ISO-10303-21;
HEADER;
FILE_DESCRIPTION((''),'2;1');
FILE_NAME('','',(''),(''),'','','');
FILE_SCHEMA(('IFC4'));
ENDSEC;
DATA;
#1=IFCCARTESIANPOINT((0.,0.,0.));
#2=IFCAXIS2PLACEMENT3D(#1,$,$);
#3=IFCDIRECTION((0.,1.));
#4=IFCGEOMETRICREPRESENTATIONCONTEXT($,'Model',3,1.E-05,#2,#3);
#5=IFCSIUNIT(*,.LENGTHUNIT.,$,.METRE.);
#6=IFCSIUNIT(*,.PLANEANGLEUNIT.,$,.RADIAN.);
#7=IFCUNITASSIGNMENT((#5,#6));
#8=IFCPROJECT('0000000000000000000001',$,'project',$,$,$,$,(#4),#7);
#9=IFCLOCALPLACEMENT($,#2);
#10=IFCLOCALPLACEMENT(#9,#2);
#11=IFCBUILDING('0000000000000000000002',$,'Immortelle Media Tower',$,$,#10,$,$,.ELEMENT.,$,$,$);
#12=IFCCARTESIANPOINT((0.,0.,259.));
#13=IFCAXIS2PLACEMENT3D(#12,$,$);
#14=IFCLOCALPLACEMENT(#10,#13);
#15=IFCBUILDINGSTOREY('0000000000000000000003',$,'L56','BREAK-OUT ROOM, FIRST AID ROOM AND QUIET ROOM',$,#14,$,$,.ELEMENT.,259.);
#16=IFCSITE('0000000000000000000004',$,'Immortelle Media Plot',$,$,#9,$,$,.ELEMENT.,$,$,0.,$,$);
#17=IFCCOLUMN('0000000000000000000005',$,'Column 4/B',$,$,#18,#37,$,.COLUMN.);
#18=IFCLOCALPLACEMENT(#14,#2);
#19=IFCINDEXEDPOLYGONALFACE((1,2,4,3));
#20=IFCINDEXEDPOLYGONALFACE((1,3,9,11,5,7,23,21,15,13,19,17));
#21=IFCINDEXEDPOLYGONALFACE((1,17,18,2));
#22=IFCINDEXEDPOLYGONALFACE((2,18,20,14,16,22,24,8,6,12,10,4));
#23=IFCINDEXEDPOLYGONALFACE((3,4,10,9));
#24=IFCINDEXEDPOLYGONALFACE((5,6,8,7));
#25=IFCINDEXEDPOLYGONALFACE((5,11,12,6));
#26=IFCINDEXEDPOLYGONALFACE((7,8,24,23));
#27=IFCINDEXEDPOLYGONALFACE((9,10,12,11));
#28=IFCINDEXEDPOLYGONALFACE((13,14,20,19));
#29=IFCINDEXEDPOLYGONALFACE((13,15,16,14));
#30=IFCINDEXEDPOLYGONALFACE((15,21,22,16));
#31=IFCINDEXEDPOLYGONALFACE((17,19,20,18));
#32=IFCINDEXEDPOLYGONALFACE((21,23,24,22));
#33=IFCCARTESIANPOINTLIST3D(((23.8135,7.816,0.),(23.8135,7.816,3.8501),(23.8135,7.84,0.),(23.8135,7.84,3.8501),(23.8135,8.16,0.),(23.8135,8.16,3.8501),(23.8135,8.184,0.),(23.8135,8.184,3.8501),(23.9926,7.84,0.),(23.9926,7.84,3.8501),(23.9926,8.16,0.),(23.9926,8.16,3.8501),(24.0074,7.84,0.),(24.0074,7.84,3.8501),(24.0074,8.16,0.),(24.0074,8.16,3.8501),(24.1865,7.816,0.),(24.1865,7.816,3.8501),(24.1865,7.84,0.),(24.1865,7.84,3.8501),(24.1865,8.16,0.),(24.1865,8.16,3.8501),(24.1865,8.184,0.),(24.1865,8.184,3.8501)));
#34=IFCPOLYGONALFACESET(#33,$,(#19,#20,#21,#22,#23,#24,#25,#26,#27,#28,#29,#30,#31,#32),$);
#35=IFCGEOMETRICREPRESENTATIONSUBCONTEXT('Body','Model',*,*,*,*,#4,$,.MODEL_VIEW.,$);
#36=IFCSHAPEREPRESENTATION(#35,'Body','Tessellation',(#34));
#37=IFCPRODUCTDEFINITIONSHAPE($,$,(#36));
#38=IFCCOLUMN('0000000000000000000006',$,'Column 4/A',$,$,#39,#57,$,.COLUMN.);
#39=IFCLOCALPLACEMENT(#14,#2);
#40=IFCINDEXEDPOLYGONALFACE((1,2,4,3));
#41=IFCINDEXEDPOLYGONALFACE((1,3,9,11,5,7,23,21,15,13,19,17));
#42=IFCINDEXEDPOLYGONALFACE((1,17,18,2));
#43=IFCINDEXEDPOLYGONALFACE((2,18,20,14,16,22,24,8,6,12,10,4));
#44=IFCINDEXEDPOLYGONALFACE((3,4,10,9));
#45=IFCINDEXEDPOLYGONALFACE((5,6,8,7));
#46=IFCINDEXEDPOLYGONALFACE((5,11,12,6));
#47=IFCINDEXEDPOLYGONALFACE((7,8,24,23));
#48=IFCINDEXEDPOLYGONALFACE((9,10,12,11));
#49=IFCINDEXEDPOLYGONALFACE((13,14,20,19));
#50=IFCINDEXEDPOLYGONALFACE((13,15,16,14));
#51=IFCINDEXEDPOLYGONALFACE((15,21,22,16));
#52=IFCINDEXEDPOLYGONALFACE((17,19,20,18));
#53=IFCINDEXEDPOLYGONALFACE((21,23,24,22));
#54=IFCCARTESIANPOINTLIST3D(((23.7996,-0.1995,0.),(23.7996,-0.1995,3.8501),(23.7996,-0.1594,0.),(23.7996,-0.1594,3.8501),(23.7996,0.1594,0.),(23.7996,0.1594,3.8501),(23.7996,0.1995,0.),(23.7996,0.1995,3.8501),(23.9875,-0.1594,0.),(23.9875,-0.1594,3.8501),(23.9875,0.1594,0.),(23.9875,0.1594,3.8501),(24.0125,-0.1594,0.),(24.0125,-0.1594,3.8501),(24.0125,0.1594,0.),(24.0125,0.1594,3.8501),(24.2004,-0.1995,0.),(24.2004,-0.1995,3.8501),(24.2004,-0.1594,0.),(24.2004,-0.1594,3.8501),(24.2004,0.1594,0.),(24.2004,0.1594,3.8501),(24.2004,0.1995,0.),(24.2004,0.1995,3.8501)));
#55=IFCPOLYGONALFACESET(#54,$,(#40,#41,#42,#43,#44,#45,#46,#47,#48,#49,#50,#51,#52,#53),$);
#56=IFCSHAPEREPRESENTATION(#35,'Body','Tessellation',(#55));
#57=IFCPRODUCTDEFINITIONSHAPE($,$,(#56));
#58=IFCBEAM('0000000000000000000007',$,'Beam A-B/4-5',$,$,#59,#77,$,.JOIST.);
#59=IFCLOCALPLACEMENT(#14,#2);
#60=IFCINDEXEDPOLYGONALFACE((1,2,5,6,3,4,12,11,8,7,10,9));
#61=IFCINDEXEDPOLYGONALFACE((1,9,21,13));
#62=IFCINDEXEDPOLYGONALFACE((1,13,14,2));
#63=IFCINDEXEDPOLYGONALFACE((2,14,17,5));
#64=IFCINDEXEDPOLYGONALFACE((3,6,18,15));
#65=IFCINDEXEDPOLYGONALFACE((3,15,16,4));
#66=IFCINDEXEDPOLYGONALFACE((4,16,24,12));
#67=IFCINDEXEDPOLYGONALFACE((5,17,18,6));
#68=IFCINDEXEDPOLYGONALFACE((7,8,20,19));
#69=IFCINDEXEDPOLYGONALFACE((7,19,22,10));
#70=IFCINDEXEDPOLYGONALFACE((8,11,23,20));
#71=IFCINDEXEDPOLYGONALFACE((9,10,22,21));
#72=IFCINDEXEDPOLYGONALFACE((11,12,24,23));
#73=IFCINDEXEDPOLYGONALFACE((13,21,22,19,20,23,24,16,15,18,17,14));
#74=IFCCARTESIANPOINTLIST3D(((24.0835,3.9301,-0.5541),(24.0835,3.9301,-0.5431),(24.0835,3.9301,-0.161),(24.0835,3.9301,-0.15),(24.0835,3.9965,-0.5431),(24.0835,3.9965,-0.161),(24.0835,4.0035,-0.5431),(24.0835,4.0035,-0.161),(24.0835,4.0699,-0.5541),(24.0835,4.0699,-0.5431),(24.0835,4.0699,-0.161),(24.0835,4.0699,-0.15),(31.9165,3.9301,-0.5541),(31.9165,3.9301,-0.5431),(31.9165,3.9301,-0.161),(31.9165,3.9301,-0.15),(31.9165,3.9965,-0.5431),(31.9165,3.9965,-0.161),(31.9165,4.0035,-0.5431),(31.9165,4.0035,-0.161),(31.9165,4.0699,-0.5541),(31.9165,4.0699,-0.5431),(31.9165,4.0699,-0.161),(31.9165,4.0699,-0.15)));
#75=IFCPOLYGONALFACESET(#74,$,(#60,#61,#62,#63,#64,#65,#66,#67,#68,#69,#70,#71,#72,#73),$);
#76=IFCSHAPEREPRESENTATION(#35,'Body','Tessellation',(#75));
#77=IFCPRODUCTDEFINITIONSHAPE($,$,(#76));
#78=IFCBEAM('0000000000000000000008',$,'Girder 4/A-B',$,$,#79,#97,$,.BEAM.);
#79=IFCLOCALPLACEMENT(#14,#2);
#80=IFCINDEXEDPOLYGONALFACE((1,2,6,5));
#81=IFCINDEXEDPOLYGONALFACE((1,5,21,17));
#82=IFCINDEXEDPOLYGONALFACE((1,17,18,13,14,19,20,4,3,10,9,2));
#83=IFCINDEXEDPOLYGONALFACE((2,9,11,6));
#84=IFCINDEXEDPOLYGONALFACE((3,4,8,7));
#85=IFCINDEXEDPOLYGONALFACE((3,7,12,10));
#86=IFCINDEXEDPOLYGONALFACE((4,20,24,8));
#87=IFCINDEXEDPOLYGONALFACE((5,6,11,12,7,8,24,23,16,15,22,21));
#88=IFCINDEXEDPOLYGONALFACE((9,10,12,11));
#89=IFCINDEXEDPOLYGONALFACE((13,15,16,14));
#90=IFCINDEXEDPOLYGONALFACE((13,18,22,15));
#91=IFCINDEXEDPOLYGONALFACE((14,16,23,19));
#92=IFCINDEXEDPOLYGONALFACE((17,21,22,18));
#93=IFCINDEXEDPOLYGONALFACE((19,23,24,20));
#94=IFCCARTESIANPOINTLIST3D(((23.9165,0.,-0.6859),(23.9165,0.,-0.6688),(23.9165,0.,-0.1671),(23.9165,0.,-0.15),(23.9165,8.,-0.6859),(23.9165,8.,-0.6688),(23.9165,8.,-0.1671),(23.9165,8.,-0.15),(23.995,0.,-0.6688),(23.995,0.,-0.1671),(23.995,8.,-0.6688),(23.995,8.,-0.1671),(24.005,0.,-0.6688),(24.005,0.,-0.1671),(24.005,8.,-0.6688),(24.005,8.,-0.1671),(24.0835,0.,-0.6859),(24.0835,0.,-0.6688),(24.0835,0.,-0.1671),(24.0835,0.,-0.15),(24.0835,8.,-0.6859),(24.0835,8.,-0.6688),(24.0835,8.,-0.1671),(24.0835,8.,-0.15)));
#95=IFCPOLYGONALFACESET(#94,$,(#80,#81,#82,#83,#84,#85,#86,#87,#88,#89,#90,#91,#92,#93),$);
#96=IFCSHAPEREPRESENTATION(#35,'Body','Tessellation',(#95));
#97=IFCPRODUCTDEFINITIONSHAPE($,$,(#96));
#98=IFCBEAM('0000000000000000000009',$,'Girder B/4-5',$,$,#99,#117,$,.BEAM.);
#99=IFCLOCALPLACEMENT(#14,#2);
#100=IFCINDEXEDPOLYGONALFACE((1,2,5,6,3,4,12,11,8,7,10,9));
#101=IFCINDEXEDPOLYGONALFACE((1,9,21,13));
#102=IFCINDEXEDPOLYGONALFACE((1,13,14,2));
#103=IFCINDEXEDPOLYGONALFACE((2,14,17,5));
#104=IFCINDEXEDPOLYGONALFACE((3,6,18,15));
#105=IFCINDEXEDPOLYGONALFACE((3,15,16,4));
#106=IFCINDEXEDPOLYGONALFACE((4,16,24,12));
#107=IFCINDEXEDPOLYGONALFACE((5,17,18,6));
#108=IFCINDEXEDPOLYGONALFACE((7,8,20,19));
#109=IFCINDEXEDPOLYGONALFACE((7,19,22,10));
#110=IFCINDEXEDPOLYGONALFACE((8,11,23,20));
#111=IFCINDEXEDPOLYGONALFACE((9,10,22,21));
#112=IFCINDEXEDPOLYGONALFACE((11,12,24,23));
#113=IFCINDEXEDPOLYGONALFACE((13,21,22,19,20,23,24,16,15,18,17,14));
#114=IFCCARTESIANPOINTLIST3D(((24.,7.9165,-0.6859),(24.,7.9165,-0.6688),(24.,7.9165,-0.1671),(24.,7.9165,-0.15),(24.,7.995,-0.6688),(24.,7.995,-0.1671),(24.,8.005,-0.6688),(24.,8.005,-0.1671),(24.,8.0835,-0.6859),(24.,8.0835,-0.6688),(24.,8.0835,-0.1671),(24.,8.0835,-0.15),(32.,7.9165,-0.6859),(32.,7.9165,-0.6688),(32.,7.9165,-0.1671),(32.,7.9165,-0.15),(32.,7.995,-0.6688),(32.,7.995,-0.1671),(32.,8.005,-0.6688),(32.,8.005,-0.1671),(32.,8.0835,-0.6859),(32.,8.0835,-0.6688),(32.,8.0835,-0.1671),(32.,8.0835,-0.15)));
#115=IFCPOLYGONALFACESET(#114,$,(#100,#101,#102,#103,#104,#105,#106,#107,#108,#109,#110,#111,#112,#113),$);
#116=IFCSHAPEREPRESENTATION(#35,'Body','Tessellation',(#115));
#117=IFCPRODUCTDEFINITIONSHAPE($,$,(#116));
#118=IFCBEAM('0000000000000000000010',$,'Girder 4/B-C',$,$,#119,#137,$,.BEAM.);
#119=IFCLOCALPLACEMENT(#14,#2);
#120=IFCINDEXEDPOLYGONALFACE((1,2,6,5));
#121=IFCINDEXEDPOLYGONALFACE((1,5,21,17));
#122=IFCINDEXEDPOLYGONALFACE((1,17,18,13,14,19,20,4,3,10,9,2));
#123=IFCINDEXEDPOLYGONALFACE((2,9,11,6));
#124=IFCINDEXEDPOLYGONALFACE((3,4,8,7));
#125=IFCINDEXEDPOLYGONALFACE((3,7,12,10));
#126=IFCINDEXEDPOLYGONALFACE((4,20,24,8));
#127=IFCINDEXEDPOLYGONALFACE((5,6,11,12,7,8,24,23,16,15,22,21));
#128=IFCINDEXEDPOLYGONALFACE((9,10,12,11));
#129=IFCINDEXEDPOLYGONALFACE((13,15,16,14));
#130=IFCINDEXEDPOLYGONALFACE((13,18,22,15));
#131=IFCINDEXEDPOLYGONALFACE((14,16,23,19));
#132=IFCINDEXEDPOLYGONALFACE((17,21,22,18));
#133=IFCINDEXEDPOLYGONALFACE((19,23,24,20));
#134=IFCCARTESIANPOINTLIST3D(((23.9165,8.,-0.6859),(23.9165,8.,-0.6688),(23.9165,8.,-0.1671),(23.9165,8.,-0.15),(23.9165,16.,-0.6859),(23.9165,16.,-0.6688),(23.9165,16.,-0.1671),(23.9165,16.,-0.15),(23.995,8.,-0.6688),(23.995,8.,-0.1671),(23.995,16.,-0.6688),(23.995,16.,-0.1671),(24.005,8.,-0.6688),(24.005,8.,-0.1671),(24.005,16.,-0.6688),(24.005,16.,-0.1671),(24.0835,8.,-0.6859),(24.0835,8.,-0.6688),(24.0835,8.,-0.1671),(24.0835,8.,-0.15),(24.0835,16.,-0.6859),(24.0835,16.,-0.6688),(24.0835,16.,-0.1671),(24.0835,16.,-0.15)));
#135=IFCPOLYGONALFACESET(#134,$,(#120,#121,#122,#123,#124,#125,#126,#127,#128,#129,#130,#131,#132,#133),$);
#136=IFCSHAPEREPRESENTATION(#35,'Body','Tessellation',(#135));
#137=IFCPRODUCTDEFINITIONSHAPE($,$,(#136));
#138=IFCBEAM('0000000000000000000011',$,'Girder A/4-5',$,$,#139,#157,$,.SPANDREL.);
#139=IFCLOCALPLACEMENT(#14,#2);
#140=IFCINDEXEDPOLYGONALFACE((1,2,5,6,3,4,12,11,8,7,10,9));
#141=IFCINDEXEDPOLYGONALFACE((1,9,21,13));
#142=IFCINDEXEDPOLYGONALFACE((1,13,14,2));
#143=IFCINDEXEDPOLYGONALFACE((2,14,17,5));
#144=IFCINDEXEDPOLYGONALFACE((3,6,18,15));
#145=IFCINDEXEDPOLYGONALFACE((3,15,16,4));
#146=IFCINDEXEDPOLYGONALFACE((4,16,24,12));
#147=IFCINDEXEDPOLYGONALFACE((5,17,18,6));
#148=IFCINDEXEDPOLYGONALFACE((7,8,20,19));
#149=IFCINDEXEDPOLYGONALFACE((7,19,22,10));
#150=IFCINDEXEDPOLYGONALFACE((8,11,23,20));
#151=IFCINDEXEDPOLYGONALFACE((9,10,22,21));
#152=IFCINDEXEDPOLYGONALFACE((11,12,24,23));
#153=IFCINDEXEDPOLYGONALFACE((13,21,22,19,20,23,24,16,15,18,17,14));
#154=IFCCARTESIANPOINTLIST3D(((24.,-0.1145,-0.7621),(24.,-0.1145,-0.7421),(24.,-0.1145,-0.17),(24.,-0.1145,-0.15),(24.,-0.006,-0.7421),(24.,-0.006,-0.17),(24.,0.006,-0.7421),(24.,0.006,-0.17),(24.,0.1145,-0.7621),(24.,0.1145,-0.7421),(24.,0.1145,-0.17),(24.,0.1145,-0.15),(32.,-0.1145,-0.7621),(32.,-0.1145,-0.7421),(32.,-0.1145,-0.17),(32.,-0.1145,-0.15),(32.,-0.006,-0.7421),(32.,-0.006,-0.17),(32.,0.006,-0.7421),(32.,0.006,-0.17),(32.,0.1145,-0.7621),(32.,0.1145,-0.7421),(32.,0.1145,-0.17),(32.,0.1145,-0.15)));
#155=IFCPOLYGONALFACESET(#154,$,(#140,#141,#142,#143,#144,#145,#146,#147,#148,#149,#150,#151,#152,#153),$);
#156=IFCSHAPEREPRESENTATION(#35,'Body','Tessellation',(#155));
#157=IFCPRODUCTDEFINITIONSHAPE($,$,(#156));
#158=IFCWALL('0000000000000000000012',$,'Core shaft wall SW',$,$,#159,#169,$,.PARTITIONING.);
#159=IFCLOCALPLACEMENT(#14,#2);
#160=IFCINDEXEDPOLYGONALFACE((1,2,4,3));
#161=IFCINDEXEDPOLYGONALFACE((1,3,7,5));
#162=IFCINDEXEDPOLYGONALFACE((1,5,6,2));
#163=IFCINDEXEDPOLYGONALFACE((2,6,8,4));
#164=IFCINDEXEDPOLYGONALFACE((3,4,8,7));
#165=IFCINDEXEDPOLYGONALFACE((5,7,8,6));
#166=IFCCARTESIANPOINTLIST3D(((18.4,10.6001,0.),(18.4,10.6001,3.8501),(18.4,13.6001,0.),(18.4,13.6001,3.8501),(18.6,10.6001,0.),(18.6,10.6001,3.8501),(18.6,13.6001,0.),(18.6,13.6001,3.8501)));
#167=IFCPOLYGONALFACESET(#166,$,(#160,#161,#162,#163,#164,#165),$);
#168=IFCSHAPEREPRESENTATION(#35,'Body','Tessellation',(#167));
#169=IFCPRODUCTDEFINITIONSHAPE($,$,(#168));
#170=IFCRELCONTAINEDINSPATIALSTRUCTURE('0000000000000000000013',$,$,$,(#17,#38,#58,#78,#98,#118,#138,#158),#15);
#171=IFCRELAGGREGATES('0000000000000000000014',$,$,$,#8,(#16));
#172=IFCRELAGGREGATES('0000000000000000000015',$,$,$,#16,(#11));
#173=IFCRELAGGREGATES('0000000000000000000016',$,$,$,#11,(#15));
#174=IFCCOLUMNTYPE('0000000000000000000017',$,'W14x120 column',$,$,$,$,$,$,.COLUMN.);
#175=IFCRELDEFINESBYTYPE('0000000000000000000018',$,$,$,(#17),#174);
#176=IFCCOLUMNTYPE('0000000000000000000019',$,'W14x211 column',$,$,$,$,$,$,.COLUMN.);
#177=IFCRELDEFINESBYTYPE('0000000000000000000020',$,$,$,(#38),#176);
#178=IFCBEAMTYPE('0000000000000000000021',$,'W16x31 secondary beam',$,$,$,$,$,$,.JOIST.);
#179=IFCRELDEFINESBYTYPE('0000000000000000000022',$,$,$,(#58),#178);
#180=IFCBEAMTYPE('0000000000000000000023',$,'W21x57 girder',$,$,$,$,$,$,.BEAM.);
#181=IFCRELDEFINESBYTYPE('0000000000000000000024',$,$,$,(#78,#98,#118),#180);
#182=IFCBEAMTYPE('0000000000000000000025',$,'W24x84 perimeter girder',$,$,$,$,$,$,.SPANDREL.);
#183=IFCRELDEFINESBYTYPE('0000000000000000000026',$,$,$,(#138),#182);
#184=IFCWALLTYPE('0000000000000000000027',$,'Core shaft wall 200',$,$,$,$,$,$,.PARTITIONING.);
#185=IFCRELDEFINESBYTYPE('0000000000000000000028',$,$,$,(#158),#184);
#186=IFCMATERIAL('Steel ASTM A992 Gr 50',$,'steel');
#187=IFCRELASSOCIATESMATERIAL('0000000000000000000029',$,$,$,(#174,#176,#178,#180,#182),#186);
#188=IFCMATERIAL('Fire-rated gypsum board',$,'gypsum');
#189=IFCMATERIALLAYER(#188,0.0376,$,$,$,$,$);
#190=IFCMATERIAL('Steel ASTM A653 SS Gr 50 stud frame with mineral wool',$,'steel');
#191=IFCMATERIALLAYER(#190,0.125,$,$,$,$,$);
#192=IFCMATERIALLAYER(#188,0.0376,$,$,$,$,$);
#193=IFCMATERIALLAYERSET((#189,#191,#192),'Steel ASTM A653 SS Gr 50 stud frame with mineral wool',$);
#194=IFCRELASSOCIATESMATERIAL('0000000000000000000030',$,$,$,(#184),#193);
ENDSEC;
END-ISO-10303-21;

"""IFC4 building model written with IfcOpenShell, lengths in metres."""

from ifc_helpers import new_model, si_unit, direction, frame, frame_2d, origin, origin_2d, place, context, subcontext, project, spatial, rectangle, i_section, extrude, material, layer, layer_set, material_profile, profile_set, type_object, element, save


model = new_model("IFC4")

# Units and contexts
model_context = context("Model", 3, precision=1e-05, world=origin(), true_north=direction((0.0, 1.0)))
body_context = subcontext(model_context, "Body", "Model", "MODEL_VIEW")
ifc_project = project(units=[si_unit("LENGTHUNIT", "METRE"), si_unit("PLANEANGLEUNIT", "RADIAN")], contexts=[model_context])

# Site, building, storey
site_placement = place(None, origin())
site = spatial("IfcSite", under=ifc_project, at=site_placement, Name="Immortelle Media Plot", CompositionType="ELEMENT", RefElevation=0.0)
building_placement = place(site_placement, origin())
building = spatial("IfcBuilding", under=site, at=building_placement, Name="Immortelle Media Tower", CompositionType="ELEMENT")
storey_placement = place(building_placement, frame((0.0, 0.0, 259.0)))
storey = spatial("IfcBuildingStorey", under=building, at=storey_placement, Name="L56", Description="BREAK-OUT ROOM, FIRST AID ROOM AND QUIET ROOM", CompositionType="ELEMENT", Elevation=259.0)

# Columns
ifc_material_1 = material(Name="Steel ASTM A992 Gr 50", Category="steel")
ifc_material_profile_1 = material_profile(ifc_material_1, i_section(OverallWidth=0.373, OverallDepth=0.3679, WebThickness=0.0149, FlangeThickness=0.0239, at=origin_2d()), Name="W14x120")
ifc_profile_set_1 = profile_set([ifc_material_profile_1], Name="Steel ASTM A992 Gr 50")
column_type_1 = type_object("IfcColumnType", Name="W14x120 column", PredefinedType="COLUMN", material=ifc_profile_set_1)
column_1_placement = place(storey_placement, frame((24.0, 8.0, 0.0), z_axis=(0.0, 0.0, 1.0), x_axis=(1.0, 0.0, 0.0)))
element("IfcColumn", 1, at=column_1_placement, inside=storey, type_object=column_type_1, Name="Column 4/B", PredefinedType="COLUMN", context=body_context, shape_type="SweptSolid", body=[
    extrude(i_section(OverallWidth=0.373, OverallDepth=0.3679, WebThickness=0.0149, FlangeThickness=0.0239, at=origin_2d()), origin(), (0.0, 0.0, 1.0), 3.8501),
])
ifc_material_profile_2 = material_profile(ifc_material_1, i_section(OverallWidth=0.4009, OverallDepth=0.3989, WebThickness=0.0249, FlangeThickness=0.04, at=origin_2d()), Name="W14x211")
ifc_profile_set_2 = profile_set([ifc_material_profile_2], Name="Steel ASTM A992 Gr 50")
column_type_2 = type_object("IfcColumnType", Name="W14x211 column", PredefinedType="COLUMN", material=ifc_profile_set_2)
column_2_placement = place(storey_placement, frame((24.0, 0.0, 0.0), z_axis=(0.0, 0.0, 1.0), x_axis=(1.0, 0.0, 0.0)))
element("IfcColumn", 2, at=column_2_placement, inside=storey, type_object=column_type_2, Name="Column 4/A", PredefinedType="COLUMN", context=body_context, shape_type="SweptSolid", body=[
    extrude(i_section(OverallWidth=0.4009, OverallDepth=0.3989, WebThickness=0.0249, FlangeThickness=0.04, at=origin_2d()), origin(), (0.0, 0.0, 1.0), 3.8501),
])

# Beams
ifc_material_profile_3 = material_profile(ifc_material_1, i_section(OverallWidth=0.1399, OverallDepth=0.4041, WebThickness=0.0071, FlangeThickness=0.011, at=origin_2d()), Name="W16x31")
ifc_profile_set_3 = profile_set([ifc_material_profile_3], Name="Steel ASTM A992 Gr 50")
beam_type_1 = type_object("IfcBeamType", Name="W16x31 secondary beam", PredefinedType="JOIST", material=ifc_profile_set_3)
beam_1_placement = place(storey_placement, frame((24.0835, 4.0, -0.3521), z_axis=(1.0, 0.0, 0.0), x_axis=(0.0, 1.0, 0.0)))
element("IfcBeam", 3, at=beam_1_placement, inside=storey, type_object=beam_type_1, Name="Beam A-B/4-5", PredefinedType="JOIST", context=body_context, shape_type="SweptSolid", body=[
    extrude(i_section(OverallWidth=0.1399, OverallDepth=0.4041, WebThickness=0.0071, FlangeThickness=0.011, at=origin_2d()), origin(), (0.0, 0.0, 1.0), 7.833),
])
ifc_material_profile_4 = material_profile(ifc_material_1, i_section(OverallWidth=0.167, OverallDepth=0.5359, WebThickness=0.01, FlangeThickness=0.0171, at=origin_2d()), Name="W21x57")
ifc_profile_set_4 = profile_set([ifc_material_profile_4], Name="Steel ASTM A992 Gr 50")
beam_type_2 = type_object("IfcBeamType", Name="W21x57 girder", PredefinedType="BEAM", material=ifc_profile_set_4)
for number, where, z_axis, x_axis, name in (
    (4, (24.0, 0.0, -0.418), (0.0, 1.0, 0.0), (-1.0, 0.0, 0.0), "Girder 4/A-B"),
    (5, (24.0, 8.0, -0.418), (1.0, 0.0, 0.0), (0.0, 1.0, 0.0), "Girder B/4-5"),
    (6, (24.0, 8.0, -0.418), (0.0, 1.0, 0.0), (-1.0, 0.0, 0.0), "Girder 4/B-C"),
):
    element("IfcBeam", number, at=place(storey_placement, frame(where, z_axis=z_axis, x_axis=x_axis)), inside=storey, type_object=beam_type_2, Name=name, PredefinedType="BEAM", context=body_context, shape_type="SweptSolid", body=[
        extrude(i_section(OverallWidth=0.167, OverallDepth=0.5359, WebThickness=0.01, FlangeThickness=0.0171, at=origin_2d()), origin(), (0.0, 0.0, 1.0), 8.0),
    ])
ifc_material_profile_5 = material_profile(ifc_material_1, i_section(OverallWidth=0.229, OverallDepth=0.6121, WebThickness=0.012, FlangeThickness=0.02, at=origin_2d()), Name="W24x84")
ifc_profile_set_5 = profile_set([ifc_material_profile_5], Name="Steel ASTM A992 Gr 50")
beam_type_3 = type_object("IfcBeamType", Name="W24x84 perimeter girder", PredefinedType="SPANDREL", material=ifc_profile_set_5)
beam_2_placement = place(storey_placement, frame((24.0, 0.0, -0.4561), z_axis=(1.0, 0.0, 0.0), x_axis=(0.0, 1.0, 0.0)))
element("IfcBeam", 7, at=beam_2_placement, inside=storey, type_object=beam_type_3, Name="Girder A/4-5", PredefinedType="SPANDREL", context=body_context, shape_type="SweptSolid", body=[
    extrude(i_section(OverallWidth=0.229, OverallDepth=0.6121, WebThickness=0.012, FlangeThickness=0.02, at=origin_2d()), origin(), (0.0, 0.0, 1.0), 8.0),
])

# Wall
ifc_material_2 = material(Name="Fire-rated gypsum board", Category="gypsum")
ifc_layer_1 = layer(ifc_material_2, 0.0376)
ifc_material_3 = material(Name="Steel ASTM A653 SS Gr 50 stud frame with mineral wool", Category="steel")
ifc_layer_2 = layer(ifc_material_3, 0.125)
ifc_layer_3 = layer(ifc_material_2, 0.0376)
ifc_layer_set_1 = layer_set([ifc_layer_1, ifc_layer_2, ifc_layer_3], Name="Steel ASTM A653 SS Gr 50 stud frame with mineral wool")
wall_type_1 = type_object("IfcWallType", Name="Core shaft wall 200", PredefinedType="PARTITIONING", material=ifc_layer_set_1)
wall_1_placement = place(storey_placement, frame((18.5, 10.6001, 0.0), z_axis=(0.0, 0.0, 1.0), x_axis=(0.0, 1.0, 0.0)))
element("IfcWall", 8, at=wall_1_placement, inside=storey, type_object=wall_type_1, Name="Core shaft wall SW", PredefinedType="PARTITIONING", context=body_context, shape_type="SweptSolid", body=[
    extrude(rectangle(XDim=3.0, YDim=0.2, at=frame_2d((1.5, 0.0))), origin(), (0.0, 0.0, 1.0), 3.8501),
])

save(model, "model.ifc")
